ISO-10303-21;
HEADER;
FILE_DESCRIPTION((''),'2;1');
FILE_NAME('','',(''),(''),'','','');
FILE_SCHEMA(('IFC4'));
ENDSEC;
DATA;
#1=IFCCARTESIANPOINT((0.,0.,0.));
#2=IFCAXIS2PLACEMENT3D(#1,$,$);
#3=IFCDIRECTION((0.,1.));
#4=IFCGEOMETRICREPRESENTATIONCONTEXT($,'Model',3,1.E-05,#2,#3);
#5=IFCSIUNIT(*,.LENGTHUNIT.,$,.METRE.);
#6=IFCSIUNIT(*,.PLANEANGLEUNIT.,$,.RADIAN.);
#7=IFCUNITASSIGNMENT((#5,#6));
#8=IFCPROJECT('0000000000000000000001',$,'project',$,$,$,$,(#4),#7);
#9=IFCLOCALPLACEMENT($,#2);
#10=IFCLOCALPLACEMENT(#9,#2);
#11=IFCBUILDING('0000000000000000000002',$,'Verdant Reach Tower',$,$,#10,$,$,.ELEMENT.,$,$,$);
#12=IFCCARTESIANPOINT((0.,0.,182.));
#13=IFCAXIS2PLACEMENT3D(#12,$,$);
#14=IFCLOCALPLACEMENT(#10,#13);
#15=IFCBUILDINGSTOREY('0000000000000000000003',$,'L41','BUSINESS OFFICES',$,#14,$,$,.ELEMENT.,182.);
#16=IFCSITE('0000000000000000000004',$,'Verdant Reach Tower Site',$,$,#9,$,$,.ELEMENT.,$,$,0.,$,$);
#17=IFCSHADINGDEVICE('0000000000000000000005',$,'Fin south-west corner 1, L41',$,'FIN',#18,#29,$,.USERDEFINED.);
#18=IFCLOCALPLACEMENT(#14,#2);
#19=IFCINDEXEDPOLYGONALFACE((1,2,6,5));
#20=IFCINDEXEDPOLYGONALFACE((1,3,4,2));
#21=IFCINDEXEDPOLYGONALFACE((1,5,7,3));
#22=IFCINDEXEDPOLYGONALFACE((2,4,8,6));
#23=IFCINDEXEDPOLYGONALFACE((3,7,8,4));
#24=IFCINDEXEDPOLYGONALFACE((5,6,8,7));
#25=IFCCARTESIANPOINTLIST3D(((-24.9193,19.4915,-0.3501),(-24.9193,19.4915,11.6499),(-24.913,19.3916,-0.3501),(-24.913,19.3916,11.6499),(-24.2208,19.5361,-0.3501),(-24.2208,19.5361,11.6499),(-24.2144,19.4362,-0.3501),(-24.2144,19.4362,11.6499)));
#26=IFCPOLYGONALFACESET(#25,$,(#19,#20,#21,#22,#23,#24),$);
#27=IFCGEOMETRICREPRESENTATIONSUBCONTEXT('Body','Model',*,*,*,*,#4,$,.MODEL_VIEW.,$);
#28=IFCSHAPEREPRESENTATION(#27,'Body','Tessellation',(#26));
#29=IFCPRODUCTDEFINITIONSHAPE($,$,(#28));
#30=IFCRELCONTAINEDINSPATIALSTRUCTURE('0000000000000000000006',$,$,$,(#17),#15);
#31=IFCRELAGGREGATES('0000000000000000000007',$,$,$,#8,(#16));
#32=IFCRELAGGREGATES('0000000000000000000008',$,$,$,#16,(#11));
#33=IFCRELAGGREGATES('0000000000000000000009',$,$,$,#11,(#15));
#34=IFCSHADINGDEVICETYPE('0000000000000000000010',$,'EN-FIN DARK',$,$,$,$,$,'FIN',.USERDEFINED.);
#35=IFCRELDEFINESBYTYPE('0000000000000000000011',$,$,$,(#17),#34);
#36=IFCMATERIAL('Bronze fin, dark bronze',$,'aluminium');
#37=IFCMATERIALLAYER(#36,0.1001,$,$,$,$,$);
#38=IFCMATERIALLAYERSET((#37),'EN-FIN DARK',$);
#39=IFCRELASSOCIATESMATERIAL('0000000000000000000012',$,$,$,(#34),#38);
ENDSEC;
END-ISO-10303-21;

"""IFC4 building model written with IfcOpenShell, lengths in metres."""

from ifc_helpers import new_model, si_unit, direction, frame, origin, origin_2d, place, context, subcontext, project, spatial, rectangle, extrude, material, layer, layer_set, type_object, element, save


model = new_model("IFC4")

# Units and contexts
model_context = context("Model", 3, precision=1e-05, world=origin(), true_north=direction((0.0, 1.0)))
body_context = subcontext(model_context, "Body", "Model", "MODEL_VIEW")
ifc_project = project(units=[si_unit("LENGTHUNIT", "METRE"), si_unit("PLANEANGLEUNIT", "RADIAN")], contexts=[model_context])

# Site, building, storey
site_placement = place(None, origin())
site = spatial("IfcSite", under=ifc_project, at=site_placement, Name="Verdant Reach Tower Site", CompositionType="ELEMENT", RefElevation=0.0)
building_placement = place(site_placement, origin())
building = spatial("IfcBuilding", under=site, at=building_placement, Name="Verdant Reach Tower", CompositionType="ELEMENT")
storey_placement = place(building_placement, frame((0.0, 0.0, 182.0)))
storey = spatial("IfcBuildingStorey", under=building, at=storey_placement, Name="L41", Description="BUSINESS OFFICES", CompositionType="ELEMENT", Elevation=182.0)

# Shading device
ifc_material_1 = material(Name="Bronze fin, dark bronze", Category="aluminium")
ifc_layer_1 = layer(ifc_material_1, 0.1001)
ifc_layer_set_1 = layer_set([ifc_layer_1], Name="EN-FIN DARK")
shading_device_type_1 = type_object("IfcShadingDeviceType", Name="EN-FIN DARK", ElementType="FIN", PredefinedType="USERDEFINED", material=ifc_layer_set_1)
shading_device_placement = place(storey_placement, frame((-24.5669, 19.4639, -0.3501), z_axis=(0.0, 0.0, 1.0), x_axis=(0.063699, -0.997969, 0.0)))
element("IfcShadingDevice", 1, at=shading_device_placement, inside=storey, type_object=shading_device_type_1, Name="Fin south-west corner 1, L41", ObjectType="FIN", PredefinedType="USERDEFINED", context=body_context, shape_type="SweptSolid", body=[
    extrude(rectangle(XDim=0.1001, YDim=0.7, at=origin_2d()), origin(), (0.0, 0.0, 1.0), 12.0),
])

save(model, "model.ifc")
